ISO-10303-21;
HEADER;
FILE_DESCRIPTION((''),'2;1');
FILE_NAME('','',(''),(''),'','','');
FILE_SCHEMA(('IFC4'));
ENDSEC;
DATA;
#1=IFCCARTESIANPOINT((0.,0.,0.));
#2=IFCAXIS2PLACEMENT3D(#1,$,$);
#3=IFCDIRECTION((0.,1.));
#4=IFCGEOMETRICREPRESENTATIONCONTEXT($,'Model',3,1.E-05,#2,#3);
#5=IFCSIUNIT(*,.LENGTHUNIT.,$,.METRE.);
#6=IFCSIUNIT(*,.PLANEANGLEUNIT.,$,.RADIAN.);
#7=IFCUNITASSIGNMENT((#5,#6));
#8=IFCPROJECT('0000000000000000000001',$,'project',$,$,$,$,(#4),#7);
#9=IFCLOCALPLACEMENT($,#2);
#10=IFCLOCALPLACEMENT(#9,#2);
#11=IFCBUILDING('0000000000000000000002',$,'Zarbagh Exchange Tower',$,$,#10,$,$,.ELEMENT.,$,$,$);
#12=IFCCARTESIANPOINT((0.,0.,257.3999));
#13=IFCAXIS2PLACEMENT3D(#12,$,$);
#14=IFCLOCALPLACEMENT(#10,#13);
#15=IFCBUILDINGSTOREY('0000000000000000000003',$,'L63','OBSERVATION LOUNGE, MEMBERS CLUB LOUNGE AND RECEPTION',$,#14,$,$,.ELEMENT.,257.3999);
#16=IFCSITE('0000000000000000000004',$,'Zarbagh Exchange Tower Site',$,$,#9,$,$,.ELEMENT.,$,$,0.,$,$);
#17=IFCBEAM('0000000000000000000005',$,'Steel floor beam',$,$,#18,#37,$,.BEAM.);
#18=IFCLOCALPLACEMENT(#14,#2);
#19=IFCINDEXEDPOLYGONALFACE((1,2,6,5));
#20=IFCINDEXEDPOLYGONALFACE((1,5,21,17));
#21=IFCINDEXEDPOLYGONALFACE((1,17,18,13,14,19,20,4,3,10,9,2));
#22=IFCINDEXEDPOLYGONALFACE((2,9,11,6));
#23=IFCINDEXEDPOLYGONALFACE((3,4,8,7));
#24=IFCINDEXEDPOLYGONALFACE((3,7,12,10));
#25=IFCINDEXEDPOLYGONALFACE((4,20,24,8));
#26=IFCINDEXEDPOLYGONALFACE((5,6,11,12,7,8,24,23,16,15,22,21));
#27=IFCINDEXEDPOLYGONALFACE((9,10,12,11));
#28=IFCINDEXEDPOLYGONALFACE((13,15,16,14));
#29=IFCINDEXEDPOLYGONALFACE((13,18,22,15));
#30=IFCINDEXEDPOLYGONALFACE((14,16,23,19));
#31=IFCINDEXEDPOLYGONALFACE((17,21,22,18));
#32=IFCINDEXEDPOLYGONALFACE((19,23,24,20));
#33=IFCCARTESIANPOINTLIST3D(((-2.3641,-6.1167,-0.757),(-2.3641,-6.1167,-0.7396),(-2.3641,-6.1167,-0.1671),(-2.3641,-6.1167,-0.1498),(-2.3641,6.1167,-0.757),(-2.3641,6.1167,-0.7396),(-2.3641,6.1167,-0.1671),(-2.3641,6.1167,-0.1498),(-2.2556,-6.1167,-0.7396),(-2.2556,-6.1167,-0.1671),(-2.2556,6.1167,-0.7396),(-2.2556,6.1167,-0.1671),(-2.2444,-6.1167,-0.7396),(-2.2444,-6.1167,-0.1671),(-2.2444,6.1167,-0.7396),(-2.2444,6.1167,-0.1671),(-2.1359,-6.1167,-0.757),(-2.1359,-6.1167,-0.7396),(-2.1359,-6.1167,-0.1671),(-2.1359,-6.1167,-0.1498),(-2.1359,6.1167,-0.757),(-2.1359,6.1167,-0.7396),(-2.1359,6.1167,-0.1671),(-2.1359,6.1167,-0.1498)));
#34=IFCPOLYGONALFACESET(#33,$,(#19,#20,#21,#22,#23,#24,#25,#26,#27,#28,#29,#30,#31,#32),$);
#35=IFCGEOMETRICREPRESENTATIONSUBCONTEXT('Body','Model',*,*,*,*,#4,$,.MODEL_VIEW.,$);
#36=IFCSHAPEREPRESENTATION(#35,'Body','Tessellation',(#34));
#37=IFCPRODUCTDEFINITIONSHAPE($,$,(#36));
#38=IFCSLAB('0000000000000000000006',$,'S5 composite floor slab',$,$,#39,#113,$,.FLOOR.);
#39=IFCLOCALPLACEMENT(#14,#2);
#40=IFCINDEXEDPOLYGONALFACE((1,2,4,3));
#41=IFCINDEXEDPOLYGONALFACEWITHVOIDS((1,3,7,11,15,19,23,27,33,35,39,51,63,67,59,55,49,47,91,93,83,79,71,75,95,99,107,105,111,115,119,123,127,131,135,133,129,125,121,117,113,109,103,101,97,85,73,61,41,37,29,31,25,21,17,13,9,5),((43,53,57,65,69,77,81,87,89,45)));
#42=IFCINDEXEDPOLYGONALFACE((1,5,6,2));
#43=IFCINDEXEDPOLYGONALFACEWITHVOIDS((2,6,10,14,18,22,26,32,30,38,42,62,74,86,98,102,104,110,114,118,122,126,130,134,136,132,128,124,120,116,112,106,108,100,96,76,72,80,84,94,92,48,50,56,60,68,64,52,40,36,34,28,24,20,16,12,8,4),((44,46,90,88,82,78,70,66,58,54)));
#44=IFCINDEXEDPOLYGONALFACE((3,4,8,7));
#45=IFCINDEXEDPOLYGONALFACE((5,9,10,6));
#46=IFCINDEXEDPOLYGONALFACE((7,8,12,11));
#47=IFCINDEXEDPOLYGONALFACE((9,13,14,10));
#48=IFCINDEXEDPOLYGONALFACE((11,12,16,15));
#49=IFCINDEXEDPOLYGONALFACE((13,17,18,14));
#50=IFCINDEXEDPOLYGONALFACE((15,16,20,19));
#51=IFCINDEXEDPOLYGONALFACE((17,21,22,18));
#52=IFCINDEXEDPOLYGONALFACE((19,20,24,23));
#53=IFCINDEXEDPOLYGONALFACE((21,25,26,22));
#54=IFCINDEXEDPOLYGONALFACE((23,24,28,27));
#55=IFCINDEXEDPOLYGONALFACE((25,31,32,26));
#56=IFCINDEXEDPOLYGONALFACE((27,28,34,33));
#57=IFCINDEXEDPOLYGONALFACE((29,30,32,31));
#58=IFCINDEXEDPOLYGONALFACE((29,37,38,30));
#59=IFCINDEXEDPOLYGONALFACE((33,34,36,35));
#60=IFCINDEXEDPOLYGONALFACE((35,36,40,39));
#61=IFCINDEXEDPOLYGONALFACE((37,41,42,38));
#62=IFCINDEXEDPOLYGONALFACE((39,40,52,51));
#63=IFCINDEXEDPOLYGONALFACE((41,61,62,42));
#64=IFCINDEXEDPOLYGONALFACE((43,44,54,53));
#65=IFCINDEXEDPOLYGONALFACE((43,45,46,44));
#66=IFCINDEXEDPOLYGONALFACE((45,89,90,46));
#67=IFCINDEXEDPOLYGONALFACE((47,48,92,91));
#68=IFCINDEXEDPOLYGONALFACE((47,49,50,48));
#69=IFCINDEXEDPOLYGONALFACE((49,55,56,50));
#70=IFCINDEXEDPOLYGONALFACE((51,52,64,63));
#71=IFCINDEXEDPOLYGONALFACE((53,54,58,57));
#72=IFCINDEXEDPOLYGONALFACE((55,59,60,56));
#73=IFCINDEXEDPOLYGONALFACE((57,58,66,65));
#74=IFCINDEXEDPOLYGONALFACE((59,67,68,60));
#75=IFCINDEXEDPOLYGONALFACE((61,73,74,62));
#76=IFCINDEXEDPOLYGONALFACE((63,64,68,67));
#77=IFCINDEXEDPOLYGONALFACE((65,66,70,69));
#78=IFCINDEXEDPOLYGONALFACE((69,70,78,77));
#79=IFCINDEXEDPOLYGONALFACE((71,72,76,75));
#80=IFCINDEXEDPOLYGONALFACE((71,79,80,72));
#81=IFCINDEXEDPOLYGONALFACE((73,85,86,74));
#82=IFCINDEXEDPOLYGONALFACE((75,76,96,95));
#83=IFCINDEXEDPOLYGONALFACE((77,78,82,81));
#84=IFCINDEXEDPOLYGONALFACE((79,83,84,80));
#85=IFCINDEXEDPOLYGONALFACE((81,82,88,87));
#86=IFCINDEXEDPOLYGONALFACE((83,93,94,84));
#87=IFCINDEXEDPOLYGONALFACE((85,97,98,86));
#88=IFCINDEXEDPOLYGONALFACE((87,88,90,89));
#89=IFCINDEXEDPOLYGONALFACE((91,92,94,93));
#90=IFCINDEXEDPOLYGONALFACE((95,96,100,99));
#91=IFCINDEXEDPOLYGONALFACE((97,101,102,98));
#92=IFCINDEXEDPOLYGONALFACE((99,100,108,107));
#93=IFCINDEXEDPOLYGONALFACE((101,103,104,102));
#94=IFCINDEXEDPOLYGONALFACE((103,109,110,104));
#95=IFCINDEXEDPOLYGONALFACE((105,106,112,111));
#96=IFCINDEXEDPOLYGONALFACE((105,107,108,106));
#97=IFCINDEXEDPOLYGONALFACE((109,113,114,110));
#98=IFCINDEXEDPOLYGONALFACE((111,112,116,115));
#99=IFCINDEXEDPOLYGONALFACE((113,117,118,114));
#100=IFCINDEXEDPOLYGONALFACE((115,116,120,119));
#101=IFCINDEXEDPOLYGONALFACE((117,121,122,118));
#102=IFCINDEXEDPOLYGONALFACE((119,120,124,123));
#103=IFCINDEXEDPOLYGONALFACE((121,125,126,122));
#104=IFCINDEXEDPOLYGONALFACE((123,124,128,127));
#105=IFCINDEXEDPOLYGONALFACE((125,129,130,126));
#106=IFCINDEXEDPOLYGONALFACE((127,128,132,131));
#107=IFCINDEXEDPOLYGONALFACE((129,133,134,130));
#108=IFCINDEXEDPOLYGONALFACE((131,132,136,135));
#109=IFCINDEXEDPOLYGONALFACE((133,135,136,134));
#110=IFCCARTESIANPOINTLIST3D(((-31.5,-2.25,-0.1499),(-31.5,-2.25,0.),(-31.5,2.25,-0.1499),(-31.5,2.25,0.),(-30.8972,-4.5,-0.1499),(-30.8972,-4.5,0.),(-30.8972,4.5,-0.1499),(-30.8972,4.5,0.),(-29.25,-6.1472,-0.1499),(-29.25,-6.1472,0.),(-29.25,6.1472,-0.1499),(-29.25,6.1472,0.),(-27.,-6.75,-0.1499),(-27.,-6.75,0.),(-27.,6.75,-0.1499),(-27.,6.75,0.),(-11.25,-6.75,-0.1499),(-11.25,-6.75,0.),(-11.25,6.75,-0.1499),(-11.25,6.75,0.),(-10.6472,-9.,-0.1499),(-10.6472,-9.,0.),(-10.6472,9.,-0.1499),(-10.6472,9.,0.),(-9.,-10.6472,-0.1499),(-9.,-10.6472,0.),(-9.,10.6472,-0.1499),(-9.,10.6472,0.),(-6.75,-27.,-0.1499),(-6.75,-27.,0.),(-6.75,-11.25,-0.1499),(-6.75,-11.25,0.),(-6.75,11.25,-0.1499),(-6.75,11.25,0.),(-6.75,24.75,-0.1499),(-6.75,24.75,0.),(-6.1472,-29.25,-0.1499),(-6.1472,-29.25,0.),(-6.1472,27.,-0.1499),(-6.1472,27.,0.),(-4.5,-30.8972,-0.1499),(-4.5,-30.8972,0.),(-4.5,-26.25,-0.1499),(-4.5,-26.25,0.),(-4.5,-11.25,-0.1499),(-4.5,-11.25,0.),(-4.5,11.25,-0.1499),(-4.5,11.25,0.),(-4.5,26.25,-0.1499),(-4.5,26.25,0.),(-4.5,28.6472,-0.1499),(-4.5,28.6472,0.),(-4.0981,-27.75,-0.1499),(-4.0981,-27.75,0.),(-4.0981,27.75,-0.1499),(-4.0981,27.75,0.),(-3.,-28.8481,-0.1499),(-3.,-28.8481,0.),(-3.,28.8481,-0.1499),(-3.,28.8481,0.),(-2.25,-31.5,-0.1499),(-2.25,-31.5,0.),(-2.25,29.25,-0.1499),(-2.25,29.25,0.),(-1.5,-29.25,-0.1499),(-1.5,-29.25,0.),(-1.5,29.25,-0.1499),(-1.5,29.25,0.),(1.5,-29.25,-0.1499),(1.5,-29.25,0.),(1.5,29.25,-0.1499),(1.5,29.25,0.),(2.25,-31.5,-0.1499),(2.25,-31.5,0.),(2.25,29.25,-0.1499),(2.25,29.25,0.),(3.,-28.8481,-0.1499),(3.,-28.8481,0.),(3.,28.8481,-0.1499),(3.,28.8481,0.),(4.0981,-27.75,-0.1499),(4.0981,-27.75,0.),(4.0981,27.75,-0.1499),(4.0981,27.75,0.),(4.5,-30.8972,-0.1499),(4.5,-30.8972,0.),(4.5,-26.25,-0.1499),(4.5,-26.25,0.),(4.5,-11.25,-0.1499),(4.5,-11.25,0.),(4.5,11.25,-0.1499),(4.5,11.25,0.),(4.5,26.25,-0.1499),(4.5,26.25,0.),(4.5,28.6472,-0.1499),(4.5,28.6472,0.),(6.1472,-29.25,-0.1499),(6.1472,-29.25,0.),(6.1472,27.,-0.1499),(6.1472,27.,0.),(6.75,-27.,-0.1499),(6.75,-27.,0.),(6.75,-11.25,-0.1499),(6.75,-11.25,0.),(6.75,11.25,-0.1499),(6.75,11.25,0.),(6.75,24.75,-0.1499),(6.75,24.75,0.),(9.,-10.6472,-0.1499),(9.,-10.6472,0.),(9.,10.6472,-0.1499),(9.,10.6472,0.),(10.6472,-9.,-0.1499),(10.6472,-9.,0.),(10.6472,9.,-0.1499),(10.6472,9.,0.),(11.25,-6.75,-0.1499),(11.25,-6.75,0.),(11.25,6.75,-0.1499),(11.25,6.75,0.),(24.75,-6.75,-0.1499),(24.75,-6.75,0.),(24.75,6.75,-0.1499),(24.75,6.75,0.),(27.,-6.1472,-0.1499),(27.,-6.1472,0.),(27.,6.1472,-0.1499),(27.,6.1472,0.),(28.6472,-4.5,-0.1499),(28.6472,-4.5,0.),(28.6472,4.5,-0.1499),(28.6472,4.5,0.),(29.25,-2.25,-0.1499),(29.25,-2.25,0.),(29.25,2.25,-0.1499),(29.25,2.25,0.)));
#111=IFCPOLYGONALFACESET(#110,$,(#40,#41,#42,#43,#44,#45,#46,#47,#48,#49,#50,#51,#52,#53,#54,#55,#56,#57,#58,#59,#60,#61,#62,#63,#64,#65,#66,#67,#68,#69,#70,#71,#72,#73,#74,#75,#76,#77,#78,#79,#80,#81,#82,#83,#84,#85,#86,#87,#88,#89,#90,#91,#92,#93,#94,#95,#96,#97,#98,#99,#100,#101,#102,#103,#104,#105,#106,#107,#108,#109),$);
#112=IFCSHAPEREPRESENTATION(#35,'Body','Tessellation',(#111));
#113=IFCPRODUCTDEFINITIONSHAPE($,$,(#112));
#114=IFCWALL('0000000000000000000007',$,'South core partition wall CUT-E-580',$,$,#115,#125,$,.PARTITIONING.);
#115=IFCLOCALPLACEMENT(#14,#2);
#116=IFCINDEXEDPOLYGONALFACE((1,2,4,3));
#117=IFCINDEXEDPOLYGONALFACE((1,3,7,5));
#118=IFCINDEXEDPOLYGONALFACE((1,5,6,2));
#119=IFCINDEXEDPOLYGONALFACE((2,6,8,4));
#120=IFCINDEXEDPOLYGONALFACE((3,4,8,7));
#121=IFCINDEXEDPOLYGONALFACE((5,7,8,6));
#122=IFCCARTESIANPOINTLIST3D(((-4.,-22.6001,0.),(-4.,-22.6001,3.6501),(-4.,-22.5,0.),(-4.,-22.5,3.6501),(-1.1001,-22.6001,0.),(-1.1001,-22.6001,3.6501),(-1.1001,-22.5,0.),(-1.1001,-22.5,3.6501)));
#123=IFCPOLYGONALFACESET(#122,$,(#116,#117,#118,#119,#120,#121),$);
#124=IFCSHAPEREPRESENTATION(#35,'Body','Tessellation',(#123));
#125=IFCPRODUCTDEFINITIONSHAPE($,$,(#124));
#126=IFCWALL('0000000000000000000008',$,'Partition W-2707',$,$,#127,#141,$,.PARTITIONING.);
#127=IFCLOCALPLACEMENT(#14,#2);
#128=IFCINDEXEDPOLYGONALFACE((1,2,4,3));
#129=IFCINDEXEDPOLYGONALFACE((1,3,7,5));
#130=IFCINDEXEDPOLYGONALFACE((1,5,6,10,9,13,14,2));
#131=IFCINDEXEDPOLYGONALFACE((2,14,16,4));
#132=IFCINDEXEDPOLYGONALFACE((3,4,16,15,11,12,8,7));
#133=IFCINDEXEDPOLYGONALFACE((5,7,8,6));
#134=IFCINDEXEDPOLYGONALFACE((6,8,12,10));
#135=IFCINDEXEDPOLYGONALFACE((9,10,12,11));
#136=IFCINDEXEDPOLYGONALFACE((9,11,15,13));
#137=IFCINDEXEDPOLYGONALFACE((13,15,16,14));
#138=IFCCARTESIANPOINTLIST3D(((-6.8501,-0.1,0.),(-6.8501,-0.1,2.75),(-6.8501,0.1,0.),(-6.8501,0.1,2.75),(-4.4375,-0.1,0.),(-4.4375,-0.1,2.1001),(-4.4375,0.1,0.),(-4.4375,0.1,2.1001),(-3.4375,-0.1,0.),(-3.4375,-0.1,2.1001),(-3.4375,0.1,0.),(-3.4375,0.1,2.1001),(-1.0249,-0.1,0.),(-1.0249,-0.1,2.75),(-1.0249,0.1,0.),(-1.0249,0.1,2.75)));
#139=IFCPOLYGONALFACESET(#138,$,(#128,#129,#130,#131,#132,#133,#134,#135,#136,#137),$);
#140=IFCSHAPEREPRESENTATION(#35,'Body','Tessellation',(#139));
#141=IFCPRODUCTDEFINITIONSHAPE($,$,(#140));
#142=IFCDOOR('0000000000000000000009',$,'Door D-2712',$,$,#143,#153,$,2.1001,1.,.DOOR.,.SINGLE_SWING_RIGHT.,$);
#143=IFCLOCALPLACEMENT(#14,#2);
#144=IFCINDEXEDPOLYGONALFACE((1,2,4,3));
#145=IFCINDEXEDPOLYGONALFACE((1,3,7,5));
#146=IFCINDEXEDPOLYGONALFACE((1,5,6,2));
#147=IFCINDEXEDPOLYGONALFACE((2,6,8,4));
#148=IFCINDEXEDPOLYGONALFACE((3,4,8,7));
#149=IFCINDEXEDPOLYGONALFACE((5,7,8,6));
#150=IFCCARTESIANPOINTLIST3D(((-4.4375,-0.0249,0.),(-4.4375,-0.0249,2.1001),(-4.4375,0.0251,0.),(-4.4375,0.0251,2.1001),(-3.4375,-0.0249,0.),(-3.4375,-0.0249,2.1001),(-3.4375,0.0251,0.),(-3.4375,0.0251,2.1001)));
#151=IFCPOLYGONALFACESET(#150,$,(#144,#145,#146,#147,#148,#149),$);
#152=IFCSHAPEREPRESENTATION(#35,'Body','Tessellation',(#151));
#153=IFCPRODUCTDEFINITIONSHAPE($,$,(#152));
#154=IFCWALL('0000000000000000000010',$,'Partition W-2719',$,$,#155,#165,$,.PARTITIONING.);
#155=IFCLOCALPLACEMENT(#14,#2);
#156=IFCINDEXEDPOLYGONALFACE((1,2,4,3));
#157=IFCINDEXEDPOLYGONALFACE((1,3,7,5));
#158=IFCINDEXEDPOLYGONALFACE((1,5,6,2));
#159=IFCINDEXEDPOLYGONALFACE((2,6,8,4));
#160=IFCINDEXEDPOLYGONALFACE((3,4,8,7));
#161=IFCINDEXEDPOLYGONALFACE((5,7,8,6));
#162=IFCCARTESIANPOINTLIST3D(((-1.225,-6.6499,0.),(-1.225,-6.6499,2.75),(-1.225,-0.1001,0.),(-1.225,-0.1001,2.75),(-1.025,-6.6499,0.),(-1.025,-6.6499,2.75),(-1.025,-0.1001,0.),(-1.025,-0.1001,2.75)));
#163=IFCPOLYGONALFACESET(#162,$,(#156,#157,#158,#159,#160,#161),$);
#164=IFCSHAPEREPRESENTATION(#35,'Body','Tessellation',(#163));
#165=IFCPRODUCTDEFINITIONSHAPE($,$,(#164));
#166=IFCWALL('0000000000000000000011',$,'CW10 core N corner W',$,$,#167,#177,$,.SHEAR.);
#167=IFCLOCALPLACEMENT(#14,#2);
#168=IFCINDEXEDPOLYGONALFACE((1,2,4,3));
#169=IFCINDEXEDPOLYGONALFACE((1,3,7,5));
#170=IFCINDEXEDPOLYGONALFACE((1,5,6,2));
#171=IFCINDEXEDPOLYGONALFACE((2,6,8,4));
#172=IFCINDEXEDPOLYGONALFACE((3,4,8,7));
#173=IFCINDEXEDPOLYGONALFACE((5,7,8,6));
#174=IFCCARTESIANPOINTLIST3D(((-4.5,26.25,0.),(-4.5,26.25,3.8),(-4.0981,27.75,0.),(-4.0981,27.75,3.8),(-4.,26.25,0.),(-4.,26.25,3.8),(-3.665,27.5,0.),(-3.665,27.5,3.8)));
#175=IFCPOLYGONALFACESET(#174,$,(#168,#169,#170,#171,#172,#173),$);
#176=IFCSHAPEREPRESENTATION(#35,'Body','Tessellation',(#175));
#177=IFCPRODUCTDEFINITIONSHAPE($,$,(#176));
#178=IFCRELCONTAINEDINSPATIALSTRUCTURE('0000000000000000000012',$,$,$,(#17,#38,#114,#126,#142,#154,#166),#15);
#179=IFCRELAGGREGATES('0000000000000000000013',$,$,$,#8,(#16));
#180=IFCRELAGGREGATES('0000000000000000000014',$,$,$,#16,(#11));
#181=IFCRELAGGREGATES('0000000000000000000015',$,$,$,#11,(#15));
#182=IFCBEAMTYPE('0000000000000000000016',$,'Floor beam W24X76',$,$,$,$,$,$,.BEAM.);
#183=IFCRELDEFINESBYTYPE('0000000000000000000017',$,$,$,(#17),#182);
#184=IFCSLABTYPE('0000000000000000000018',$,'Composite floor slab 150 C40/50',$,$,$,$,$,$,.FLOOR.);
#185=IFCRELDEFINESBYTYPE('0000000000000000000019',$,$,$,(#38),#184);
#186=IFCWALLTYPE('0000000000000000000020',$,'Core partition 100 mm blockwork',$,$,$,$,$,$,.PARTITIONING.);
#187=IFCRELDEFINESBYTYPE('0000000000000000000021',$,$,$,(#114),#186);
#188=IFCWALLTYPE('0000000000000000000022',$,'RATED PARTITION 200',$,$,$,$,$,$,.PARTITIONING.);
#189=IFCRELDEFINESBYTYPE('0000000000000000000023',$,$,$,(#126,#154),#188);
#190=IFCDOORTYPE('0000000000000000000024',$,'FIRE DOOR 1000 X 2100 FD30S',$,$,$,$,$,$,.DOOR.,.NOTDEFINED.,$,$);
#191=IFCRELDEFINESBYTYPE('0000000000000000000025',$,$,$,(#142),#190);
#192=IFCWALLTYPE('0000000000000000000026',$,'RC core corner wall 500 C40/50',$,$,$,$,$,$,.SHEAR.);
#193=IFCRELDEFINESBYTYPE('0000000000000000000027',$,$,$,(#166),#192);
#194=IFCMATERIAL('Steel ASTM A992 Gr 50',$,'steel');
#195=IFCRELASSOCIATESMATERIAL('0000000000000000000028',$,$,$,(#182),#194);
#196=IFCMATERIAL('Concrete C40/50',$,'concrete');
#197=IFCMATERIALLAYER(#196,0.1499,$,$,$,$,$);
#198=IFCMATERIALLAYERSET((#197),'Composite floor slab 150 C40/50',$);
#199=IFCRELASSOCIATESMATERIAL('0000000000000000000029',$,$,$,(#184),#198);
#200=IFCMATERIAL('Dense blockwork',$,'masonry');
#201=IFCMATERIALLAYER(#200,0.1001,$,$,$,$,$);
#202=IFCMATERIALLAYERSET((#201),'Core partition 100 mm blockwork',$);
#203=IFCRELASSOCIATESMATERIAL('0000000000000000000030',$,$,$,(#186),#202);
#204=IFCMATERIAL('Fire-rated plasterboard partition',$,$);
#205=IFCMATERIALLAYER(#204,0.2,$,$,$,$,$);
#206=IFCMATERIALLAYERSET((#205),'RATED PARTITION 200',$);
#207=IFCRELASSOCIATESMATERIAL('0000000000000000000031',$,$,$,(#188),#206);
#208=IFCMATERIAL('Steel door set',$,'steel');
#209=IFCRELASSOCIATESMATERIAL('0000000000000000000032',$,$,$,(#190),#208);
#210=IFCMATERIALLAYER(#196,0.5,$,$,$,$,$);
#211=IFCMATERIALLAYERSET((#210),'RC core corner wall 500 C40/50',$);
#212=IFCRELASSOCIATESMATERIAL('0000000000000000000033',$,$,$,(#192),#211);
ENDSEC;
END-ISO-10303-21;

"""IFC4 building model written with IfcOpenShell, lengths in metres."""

from ifc_helpers import new_model, si_unit, direction, frame, frame_2d, origin, origin_2d, place, context, subcontext, project, spatial, polyline, rectangle, i_section, outline, extrude, material, layer, layer_set, material_profile, profile_set, type_object, element, fill, save


model = new_model("IFC4")

# Units and contexts
model_context = context("Model", 3, precision=1e-05, world=origin(), true_north=direction((0.0, 1.0)))
body_context = subcontext(model_context, "Body", "Model", "MODEL_VIEW")
ifc_project = project(units=[si_unit("LENGTHUNIT", "METRE"), si_unit("PLANEANGLEUNIT", "RADIAN")], contexts=[model_context])

# Site, building, storey
site_placement = place(None, origin())
site = spatial("IfcSite", under=ifc_project, at=site_placement, Name="Zarbagh Exchange Tower Site", CompositionType="ELEMENT", RefElevation=0.0)
building_placement = place(site_placement, origin())
building = spatial("IfcBuilding", under=site, at=building_placement, Name="Zarbagh Exchange Tower", CompositionType="ELEMENT")
storey_placement = place(building_placement, frame((0.0, 0.0, 257.3999)))
storey = spatial("IfcBuildingStorey", under=building, at=storey_placement, Name="L63", Description="OBSERVATION LOUNGE, MEMBERS CLUB LOUNGE AND RECEPTION", CompositionType="ELEMENT", Elevation=257.3999)

# Beam
ifc_material_1 = material(Name="Steel ASTM A992 Gr 50", Category="steel")
ifc_material_profile = material_profile(ifc_material_1, i_section(OverallWidth=0.2283, OverallDepth=0.6072, WebThickness=0.0112, FlangeThickness=0.0173, at=origin_2d()), Name="W24X76")
ifc_profile_set = profile_set([ifc_material_profile], Name="Steel ASTM A992 Gr 50")
beam_type = type_object("IfcBeamType", Name="Floor beam W24X76", PredefinedType="BEAM", material=ifc_profile_set)
beam_placement = place(storey_placement, frame((-2.25, -6.1167, -0.4534), z_axis=(0.0, 1.0, 0.0), x_axis=(-1.0, 0.0, 0.0)))
element("IfcBeam", 1, at=beam_placement, inside=storey, type_object=beam_type, Name="Steel floor beam", PredefinedType="BEAM", context=body_context, shape_type="SweptSolid", body=[
    extrude(i_section(OverallWidth=0.2283, OverallDepth=0.6072, WebThickness=0.0112, FlangeThickness=0.0173, at=origin_2d()), origin(), (0.0, 0.0, 1.0), 12.2334),
])

# Slab
ifc_material_2 = material(Name="Concrete C40/50", Category="concrete")
ifc_layer_1 = layer(ifc_material_2, 0.1499)
ifc_layer_set_1 = layer_set([ifc_layer_1], Name="Composite floor slab 150 C40/50")
slab_type = type_object("IfcSlabType", Name="Composite floor slab 150 C40/50", PredefinedType="FLOOR", material=ifc_layer_set_1)
slab_placement = place(storey_placement, frame((0.0, 0.0, -0.1499)))
element("IfcSlab", 2, at=slab_placement, inside=storey, type_object=slab_type, Name="S5 composite floor slab", PredefinedType="FLOOR", context=body_context, shape_type="SweptSolid", body=[
    extrude(outline(polyline([(-2.25, -31.5), (-4.5, -30.8972), (-6.1472, -29.25), (-6.75, -27.0), (-6.75, -11.25), (-9.0, -10.6472), (-10.6472, -9.0), (-11.25, -6.75), (-27.0, -6.75), (-29.25, -6.1472), (-30.8972, -4.5), (-31.5, -2.25), (-31.5, 2.25), (-30.8972, 4.5), (-29.25, 6.1472), (-27.0, 6.75), (-11.25, 6.75), (-10.6472, 9.0), (-9.0, 10.6472), (-6.75, 11.25), (-6.75, 24.75), (-6.1472, 27.0), (-4.5, 28.6472), (-2.25, 29.25), (-1.5, 29.25), (-3.0, 28.8481), (-4.0981, 27.75), (-4.5, 26.25), (-4.5, 11.25), (4.5, 11.25), (4.5, 26.25), (4.0981, 27.75), (3.0, 28.8481), (1.5, 29.25), (2.25, 29.25), (4.5, 28.6472), (6.1472, 27.0), (6.75, 24.75), (6.75, 11.25), (9.0, 10.6472), (10.6472, 9.0), (11.25, 6.75), (24.75, 6.75), (27.0, 6.1472), (28.6472, 4.5), (29.25, 2.25), (29.25, -2.25), (28.6472, -4.5), (27.0, -6.1472), (24.75, -6.75), (11.25, -6.75), (10.6472, -9.0), (9.0, -10.6472), (6.75, -11.25), (6.75, -27.0), (6.1472, -29.25), (4.5, -30.8972), (2.25, -31.5), (-2.25, -31.5)]), holes=[polyline([(-1.5, -29.25), (1.5, -29.25), (3.0, -28.8481), (4.0981, -27.75), (4.5, -26.25), (4.5, -11.25), (-4.5, -11.25), (-4.5, -26.25), (-4.0981, -27.75), (-3.0, -28.8481), (-1.5, -29.25)])]), origin(), (0.0, 0.0, 1.0), 0.1499),
])

# Wall
ifc_material_3 = material(Name="Dense blockwork", Category="masonry")
ifc_layer_2 = layer(ifc_material_3, 0.1001)
ifc_layer_set_2 = layer_set([ifc_layer_2], Name="Core partition 100 mm blockwork")
wall_type_1 = type_object("IfcWallType", Name="Core partition 100 mm blockwork", PredefinedType="PARTITIONING", material=ifc_layer_set_2)
wall_1_placement = place(storey_placement, frame((-1.1001, -22.55, 0.0), z_axis=(0.0, 0.0, 1.0), x_axis=(-1.0, 0.0, 0.0)))
element("IfcWall", 3, at=wall_1_placement, inside=storey, type_object=wall_type_1, Name="South core partition wall CUT-E-580", PredefinedType="PARTITIONING", context=body_context, shape_type="SweptSolid", body=[
    extrude(rectangle(XDim=2.8999, YDim=0.1001, at=frame_2d((1.45, 0.0))), origin(), (0.0, 0.0, 1.0), 3.6501),
])

# Wall, opening, door
ifc_material_4 = material(Name="Fire-rated plasterboard partition")
ifc_layer_3 = layer(ifc_material_4, 0.2)
ifc_layer_set_3 = layer_set([ifc_layer_3], Name="RATED PARTITION 200")
wall_type_2 = type_object("IfcWallType", Name="RATED PARTITION 200", PredefinedType="PARTITIONING", material=ifc_layer_set_3)
wall_2_placement = place(storey_placement, frame((-1.0249, 0.0, 0.0), z_axis=(0.0, 0.0, 1.0), x_axis=(-1.0, 0.0, 0.0)))
wall_2 = element("IfcWall", 4, at=wall_2_placement, inside=storey, type_object=wall_type_2, Name="Partition W-2707", PredefinedType="PARTITIONING", context=body_context, shape_type="SweptSolid", body=[
    extrude(rectangle(XDim=5.8252, YDim=0.2, at=frame_2d((2.9126, 0.0))), origin(), (0.0, 0.0, 1.0), 2.75),
])
opening_1_placement = place(wall_2_placement, frame((2.4126, 0.0, 0.0)))
opening_1 = element("IfcOpeningElement", 5, at=opening_1_placement, cuts=wall_2, PredefinedType="OPENING", context=body_context, shape_type="SweptSolid", body=[
    extrude(rectangle(XDim=1.0, YDim=2.1001, at=frame_2d((0.5, 1.05))), frame((0.0, 0.1099, 0.0), z_axis=(0.0, -1.0, 0.0), x_axis=(1.0, 0.0, 0.0)), (0.0, 0.0, 1.0), 0.22),
])
ifc_material_5 = material(Name="Steel door set", Category="steel")
door_type_1 = type_object("IfcDoorType", Name="FIRE DOOR 1000 X 2100 FD30S", OperationType="NOTDEFINED", PredefinedType="DOOR", material=ifc_material_5)
door_1_placement = place(opening_1_placement, origin())
door_1 = element("IfcDoor", 6, at=door_1_placement, inside=storey, type_object=door_type_1, Name="Door D-2712", OperationType="SINGLE_SWING_RIGHT", OverallHeight=2.1001, OverallWidth=1.0, PredefinedType="DOOR", context=body_context, shape_type="SweptSolid", body=[
    extrude(rectangle(XDim=1.0, YDim=2.1001, at=frame_2d((0.5, 1.05))), frame((0.0, 0.0249, 0.0), z_axis=(0.0, -1.0, 0.0), x_axis=(1.0, 0.0, 0.0)), (0.0, 0.0, 1.0), 0.05),
])
fill(opening_1, door_1)

# Walls
wall_3_placement = place(storey_placement, frame((-1.125, -6.6499, 0.0), z_axis=(0.0, 0.0, 1.0), x_axis=(0.0, 1.0, 0.0)))
element("IfcWall", 7, at=wall_3_placement, inside=storey, type_object=wall_type_2, Name="Partition W-2719", PredefinedType="PARTITIONING", context=body_context, shape_type="SweptSolid", body=[
    extrude(rectangle(XDim=6.5498, YDim=0.2, at=frame_2d((3.2749, 0.0))), origin(), (0.0, 0.0, 1.0), 2.75),
])
ifc_layer_4 = layer(ifc_material_2, 0.5)
ifc_layer_set_4 = layer_set([ifc_layer_4], Name="RC core corner wall 500 C40/50")
wall_type_3 = type_object("IfcWallType", Name="RC core corner wall 500 C40/50", PredefinedType="SHEAR", material=ifc_layer_set_4)
wall_4_placement = place(storey_placement, origin())
element("IfcWall", 8, at=wall_4_placement, inside=storey, type_object=wall_type_3, Name="CW10 core N corner W", PredefinedType="SHEAR", context=body_context, shape_type="SweptSolid", body=[
    extrude(outline(polyline([(-4.5, 26.25), (-4.0981, 27.75), (-3.665, 27.5), (-4.0, 26.25), (-4.5, 26.25)])), origin(), (0.0, 0.0, 1.0), 3.8),
])

save(model, "model.ifc")
